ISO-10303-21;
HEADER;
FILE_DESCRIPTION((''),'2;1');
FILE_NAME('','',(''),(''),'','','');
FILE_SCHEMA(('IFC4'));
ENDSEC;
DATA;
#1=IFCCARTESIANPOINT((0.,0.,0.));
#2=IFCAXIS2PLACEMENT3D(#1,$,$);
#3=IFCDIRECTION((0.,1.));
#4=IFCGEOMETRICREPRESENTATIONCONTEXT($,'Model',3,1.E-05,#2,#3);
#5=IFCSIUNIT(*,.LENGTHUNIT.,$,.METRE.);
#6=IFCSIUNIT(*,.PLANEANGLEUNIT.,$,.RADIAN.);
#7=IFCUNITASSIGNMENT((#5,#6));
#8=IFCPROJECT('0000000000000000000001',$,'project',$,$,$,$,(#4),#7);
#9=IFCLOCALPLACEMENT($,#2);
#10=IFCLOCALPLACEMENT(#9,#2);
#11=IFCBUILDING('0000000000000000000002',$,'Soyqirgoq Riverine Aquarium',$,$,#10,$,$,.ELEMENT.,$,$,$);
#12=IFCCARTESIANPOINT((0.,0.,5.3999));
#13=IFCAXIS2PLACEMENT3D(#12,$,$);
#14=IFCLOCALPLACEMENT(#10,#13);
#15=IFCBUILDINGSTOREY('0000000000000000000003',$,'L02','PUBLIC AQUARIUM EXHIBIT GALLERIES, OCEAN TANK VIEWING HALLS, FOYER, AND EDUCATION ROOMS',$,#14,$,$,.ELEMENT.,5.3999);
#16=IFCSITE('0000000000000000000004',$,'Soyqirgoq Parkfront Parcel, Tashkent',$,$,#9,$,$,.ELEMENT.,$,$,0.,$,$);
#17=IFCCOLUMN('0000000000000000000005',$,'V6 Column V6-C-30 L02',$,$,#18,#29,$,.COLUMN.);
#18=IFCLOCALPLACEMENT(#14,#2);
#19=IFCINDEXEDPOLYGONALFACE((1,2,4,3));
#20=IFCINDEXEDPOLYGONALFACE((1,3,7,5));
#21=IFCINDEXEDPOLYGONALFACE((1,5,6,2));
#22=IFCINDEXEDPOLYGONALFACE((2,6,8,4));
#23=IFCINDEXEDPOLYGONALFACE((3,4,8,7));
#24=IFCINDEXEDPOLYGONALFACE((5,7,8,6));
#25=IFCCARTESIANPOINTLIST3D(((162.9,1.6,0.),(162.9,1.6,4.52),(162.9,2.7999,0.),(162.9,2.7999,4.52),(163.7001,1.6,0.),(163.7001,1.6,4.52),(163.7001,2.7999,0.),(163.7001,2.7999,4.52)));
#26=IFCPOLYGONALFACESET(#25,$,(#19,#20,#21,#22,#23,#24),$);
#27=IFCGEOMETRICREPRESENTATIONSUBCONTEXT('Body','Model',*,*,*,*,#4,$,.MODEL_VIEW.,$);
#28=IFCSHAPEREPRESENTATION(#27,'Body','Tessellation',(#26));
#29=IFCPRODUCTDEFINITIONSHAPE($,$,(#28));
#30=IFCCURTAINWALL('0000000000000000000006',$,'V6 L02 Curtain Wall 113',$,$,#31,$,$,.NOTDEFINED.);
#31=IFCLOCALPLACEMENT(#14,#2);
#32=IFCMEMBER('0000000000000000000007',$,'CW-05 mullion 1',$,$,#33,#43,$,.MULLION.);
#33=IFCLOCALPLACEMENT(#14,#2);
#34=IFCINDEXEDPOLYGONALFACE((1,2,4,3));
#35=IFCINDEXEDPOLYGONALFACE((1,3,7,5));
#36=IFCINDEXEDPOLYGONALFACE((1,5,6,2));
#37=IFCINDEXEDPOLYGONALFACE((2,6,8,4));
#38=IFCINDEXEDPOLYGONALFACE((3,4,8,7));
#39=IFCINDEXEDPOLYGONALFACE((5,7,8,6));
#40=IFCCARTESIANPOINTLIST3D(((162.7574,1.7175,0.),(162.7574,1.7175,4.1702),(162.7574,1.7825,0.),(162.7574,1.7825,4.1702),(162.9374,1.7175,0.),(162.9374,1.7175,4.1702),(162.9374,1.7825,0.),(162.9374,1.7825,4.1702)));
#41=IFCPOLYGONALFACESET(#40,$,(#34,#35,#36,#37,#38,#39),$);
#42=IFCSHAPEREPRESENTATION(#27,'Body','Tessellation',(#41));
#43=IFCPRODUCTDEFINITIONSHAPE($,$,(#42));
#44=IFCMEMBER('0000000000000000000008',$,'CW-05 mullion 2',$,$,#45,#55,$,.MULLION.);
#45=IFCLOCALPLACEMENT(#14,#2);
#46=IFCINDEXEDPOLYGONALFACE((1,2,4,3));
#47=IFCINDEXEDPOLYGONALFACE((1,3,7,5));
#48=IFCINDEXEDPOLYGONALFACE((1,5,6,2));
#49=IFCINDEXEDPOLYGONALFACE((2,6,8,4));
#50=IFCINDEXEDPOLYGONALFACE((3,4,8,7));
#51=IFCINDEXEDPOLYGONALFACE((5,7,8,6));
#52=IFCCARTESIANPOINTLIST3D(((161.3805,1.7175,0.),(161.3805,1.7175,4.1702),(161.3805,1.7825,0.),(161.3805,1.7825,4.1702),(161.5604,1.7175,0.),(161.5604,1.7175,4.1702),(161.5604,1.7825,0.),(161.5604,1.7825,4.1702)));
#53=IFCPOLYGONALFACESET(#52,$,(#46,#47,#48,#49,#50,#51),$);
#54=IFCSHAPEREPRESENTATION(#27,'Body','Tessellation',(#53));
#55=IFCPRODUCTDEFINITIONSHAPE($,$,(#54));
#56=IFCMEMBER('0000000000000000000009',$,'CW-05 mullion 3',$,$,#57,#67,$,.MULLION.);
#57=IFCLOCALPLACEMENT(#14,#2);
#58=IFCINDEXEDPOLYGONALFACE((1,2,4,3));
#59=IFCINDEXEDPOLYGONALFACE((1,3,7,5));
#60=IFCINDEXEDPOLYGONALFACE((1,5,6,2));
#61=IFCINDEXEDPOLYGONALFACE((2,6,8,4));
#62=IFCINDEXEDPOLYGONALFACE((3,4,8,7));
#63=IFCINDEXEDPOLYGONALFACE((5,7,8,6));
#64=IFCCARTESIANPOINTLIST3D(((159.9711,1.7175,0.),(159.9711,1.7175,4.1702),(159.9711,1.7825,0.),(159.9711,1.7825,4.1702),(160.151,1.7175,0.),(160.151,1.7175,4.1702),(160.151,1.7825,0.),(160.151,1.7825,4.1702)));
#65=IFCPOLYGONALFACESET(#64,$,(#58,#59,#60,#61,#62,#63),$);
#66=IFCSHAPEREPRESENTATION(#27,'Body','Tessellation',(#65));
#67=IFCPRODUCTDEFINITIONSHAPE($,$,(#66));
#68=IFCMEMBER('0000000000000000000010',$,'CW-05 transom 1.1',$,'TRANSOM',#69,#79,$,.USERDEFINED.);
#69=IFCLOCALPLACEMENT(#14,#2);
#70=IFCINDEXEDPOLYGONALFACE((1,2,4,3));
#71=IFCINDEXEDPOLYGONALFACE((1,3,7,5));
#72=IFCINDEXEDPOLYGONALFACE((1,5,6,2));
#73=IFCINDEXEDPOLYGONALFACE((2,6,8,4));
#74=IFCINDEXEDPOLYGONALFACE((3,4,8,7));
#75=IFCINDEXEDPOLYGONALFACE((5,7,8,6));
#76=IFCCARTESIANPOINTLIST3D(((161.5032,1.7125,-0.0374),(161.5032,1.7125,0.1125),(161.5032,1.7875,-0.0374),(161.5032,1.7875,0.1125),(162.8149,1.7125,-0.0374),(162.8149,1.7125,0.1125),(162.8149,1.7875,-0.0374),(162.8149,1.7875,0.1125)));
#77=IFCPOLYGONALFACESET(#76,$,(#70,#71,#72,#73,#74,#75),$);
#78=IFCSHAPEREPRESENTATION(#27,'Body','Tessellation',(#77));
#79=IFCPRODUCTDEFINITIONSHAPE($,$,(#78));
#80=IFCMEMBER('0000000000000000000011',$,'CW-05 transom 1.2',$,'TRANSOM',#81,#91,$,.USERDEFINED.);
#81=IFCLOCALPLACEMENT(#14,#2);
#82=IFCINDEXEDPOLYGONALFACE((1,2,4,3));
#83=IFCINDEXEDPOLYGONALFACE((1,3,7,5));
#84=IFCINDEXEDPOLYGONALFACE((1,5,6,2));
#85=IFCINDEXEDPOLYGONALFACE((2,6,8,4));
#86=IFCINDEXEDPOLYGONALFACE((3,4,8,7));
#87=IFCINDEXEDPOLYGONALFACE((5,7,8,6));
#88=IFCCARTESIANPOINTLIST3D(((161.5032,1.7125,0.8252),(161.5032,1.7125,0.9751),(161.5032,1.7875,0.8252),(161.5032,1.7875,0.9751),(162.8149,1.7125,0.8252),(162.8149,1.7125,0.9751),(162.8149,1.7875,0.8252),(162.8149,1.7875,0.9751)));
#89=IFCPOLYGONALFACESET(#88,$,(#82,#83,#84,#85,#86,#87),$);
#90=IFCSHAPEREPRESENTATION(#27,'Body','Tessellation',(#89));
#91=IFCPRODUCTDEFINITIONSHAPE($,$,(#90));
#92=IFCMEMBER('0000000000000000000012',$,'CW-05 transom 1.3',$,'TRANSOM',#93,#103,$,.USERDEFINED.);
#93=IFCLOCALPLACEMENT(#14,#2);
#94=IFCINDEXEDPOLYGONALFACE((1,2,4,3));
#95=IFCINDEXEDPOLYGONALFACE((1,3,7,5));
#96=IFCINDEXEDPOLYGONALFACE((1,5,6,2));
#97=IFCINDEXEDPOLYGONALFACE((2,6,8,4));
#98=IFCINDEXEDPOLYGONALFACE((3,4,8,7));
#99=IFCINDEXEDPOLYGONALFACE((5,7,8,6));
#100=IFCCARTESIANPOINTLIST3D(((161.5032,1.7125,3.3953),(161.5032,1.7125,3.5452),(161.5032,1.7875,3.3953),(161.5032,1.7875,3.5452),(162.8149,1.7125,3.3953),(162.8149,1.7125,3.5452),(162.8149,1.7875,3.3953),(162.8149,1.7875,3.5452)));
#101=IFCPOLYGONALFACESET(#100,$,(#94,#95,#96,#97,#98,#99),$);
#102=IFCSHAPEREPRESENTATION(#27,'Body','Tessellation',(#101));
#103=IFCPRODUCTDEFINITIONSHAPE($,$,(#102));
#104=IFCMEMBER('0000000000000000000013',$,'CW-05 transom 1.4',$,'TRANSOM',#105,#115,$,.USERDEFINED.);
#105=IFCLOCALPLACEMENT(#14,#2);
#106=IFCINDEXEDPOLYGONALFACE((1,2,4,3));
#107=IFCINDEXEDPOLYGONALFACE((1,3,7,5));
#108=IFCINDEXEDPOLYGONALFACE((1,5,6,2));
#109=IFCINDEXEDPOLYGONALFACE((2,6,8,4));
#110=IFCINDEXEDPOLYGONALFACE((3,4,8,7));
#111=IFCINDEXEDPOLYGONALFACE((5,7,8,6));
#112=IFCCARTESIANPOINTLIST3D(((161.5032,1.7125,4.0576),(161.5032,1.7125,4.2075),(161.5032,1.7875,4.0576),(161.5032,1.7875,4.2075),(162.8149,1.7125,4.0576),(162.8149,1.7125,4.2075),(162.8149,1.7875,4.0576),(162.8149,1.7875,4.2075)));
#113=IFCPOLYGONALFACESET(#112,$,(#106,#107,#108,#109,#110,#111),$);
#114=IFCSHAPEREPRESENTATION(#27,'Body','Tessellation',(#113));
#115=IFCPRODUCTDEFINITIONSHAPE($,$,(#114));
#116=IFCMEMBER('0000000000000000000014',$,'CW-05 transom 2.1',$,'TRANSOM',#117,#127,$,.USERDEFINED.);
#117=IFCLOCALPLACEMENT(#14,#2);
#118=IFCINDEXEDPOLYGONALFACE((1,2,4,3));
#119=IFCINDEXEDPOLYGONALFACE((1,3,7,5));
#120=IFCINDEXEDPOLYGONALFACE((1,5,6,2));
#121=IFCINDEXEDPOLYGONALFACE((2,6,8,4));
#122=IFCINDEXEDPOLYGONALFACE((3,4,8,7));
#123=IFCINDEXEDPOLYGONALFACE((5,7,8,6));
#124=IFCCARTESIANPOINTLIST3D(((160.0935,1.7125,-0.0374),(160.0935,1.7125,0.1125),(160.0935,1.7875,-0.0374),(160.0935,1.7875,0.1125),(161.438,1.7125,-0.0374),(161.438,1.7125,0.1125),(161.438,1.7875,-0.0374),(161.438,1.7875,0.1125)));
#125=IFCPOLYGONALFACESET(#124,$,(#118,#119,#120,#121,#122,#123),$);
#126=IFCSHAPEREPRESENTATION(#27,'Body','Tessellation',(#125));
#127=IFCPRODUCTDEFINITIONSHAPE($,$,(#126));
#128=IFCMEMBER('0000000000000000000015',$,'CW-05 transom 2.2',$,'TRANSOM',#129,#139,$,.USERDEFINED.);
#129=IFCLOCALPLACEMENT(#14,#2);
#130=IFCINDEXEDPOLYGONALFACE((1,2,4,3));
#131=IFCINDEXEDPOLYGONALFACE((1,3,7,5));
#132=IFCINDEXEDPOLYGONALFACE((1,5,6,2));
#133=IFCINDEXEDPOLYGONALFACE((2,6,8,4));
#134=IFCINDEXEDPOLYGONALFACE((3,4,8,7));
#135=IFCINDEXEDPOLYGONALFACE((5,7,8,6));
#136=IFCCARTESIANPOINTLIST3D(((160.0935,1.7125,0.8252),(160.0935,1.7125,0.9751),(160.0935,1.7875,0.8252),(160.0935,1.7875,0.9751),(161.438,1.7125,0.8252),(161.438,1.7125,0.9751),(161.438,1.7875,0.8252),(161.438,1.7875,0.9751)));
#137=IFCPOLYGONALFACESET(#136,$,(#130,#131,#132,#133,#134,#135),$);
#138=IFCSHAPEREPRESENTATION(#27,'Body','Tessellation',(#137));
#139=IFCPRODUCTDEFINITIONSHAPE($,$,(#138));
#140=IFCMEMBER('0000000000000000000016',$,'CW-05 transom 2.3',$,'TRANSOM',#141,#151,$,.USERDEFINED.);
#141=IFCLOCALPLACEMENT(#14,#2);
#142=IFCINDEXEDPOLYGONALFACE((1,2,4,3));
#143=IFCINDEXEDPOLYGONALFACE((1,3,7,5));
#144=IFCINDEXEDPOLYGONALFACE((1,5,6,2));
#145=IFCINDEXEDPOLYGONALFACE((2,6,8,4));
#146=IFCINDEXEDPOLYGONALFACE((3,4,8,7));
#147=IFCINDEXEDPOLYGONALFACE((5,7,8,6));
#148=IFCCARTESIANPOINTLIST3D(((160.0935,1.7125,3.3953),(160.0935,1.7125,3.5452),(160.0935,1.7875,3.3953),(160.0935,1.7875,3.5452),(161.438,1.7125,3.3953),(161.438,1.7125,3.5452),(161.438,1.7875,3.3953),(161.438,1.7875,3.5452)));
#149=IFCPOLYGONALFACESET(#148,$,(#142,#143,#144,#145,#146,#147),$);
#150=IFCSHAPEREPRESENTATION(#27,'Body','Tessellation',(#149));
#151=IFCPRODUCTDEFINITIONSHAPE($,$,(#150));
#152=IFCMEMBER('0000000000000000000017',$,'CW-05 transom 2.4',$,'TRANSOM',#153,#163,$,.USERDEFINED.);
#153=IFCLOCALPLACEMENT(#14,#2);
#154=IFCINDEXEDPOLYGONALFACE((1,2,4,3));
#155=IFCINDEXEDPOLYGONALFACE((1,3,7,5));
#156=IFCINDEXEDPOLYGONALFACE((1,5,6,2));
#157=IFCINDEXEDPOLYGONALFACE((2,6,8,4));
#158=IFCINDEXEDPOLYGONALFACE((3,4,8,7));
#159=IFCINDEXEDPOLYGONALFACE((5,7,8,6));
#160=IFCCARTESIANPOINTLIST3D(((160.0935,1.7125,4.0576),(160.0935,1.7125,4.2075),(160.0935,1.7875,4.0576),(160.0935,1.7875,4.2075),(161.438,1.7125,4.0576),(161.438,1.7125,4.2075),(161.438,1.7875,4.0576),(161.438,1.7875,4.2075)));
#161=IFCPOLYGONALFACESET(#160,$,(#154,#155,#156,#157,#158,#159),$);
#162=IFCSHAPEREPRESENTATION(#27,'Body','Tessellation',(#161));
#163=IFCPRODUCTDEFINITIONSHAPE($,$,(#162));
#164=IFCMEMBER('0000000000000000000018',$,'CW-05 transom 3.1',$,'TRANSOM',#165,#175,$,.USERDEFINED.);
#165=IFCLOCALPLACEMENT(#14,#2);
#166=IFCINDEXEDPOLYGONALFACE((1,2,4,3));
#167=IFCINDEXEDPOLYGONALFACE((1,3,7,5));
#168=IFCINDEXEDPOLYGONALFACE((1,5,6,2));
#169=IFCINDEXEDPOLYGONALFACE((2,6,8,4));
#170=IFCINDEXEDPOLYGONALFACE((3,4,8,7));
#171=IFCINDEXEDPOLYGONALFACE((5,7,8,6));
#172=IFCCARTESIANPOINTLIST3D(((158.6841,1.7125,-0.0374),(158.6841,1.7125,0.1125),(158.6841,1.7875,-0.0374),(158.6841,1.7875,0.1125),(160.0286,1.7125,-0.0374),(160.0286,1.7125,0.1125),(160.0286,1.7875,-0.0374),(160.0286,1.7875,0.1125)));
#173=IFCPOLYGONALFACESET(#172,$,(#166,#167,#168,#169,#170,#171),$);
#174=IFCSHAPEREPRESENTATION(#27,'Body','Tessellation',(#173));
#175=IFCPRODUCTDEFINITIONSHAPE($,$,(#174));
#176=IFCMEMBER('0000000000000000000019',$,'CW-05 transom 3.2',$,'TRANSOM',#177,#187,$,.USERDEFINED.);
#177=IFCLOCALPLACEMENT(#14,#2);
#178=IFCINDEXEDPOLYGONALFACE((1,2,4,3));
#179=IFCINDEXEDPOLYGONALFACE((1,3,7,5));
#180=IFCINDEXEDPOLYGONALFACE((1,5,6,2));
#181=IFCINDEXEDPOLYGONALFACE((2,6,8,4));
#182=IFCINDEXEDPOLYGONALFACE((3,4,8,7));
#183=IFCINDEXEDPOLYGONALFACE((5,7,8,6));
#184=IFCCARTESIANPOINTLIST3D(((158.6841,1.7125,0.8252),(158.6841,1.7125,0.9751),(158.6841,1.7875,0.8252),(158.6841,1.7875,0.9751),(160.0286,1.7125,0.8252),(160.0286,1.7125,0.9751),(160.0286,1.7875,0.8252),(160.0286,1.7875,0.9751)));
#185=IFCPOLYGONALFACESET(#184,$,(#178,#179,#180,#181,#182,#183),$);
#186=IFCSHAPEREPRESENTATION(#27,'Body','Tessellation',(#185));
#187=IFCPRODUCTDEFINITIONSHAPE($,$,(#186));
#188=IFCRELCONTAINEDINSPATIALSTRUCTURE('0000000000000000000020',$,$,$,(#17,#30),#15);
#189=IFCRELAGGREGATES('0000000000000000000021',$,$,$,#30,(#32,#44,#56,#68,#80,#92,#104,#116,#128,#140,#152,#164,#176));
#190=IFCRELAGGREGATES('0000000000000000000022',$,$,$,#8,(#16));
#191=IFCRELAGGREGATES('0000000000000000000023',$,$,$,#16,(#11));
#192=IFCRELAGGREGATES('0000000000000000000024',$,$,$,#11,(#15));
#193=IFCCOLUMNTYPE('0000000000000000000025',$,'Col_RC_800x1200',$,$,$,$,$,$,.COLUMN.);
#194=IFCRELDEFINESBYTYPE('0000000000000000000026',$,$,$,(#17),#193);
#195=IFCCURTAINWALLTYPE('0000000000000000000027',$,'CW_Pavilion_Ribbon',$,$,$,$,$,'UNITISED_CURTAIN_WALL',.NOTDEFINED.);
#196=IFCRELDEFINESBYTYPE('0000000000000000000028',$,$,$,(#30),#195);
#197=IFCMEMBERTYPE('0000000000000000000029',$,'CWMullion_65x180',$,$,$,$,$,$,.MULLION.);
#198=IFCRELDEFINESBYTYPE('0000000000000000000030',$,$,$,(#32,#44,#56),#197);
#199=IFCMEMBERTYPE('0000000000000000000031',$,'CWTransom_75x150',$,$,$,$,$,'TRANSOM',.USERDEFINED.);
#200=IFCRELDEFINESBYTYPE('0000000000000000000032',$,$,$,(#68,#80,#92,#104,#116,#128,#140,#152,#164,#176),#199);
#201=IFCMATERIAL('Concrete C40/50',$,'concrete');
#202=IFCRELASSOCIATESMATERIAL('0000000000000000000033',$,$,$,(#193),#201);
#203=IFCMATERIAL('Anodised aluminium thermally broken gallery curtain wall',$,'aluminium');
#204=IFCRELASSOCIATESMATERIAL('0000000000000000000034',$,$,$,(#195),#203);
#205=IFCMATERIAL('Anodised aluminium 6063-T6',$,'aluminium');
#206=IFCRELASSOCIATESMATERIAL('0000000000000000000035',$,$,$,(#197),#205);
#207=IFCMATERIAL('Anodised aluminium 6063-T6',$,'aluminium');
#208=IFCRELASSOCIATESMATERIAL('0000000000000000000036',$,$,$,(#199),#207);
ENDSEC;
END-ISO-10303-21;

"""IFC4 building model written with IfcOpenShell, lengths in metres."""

from ifc_helpers import new_model, si_unit, direction, frame, origin, origin_2d, place, context, subcontext, project, spatial, rectangle, extrude, material, material_profile, profile_set, type_object, element, aggregate, save


model = new_model("IFC4")

# Units and contexts
model_context = context("Model", 3, precision=1e-05, world=origin(), true_north=direction((0.0, 1.0)))
body_context = subcontext(model_context, "Body", "Model", "MODEL_VIEW")
ifc_project = project(units=[si_unit("LENGTHUNIT", "METRE"), si_unit("PLANEANGLEUNIT", "RADIAN")], contexts=[model_context])

# Site, building, storey
site_placement = place(None, origin())
site = spatial("IfcSite", under=ifc_project, at=site_placement, Name="Soyqirgoq Parkfront Parcel, Tashkent", CompositionType="ELEMENT", RefElevation=0.0)
building_placement = place(site_placement, origin())
building = spatial("IfcBuilding", under=site, at=building_placement, Name="Soyqirgoq Riverine Aquarium", CompositionType="ELEMENT")
storey_placement = place(building_placement, frame((0.0, 0.0, 5.3999)))
storey = spatial("IfcBuildingStorey", under=building, at=storey_placement, Name="L02", Description="PUBLIC AQUARIUM EXHIBIT GALLERIES, OCEAN TANK VIEWING HALLS, FOYER, AND EDUCATION ROOMS", CompositionType="ELEMENT", Elevation=5.3999)

# Column
ifc_material_1 = material(Name="Concrete C40/50", Category="concrete")
ifc_material_profile_1 = material_profile(ifc_material_1, rectangle(XDim=0.8, YDim=1.2, at=origin_2d()), Name="RC-COL 800x1200")
ifc_profile_set_1 = profile_set([ifc_material_profile_1], Name="Concrete C40/50")
column_type = type_object("IfcColumnType", Name="Col_RC_800x1200", PredefinedType="COLUMN", material=ifc_profile_set_1)
column_placement = place(storey_placement, frame((163.3, 2.2, 0.0), z_axis=(0.0, 0.0, 1.0), x_axis=(1.0, 0.0, 0.0)))
element("IfcColumn", 1, at=column_placement, inside=storey, type_object=column_type, Name="V6 Column V6-C-30 L02", PredefinedType="COLUMN", context=body_context, shape_type="SweptSolid", body=[
    extrude(rectangle(XDim=0.8, YDim=1.2, at=origin_2d()), origin(), (0.0, 0.0, 1.0), 4.52),
])

# Curtain wall, members
ifc_material_2 = material(Name="Anodised aluminium thermally broken gallery curtain wall", Category="aluminium")
curtain_wall_type = type_object("IfcCurtainWallType", Name="CW_Pavilion_Ribbon", ElementType="UNITISED_CURTAIN_WALL", PredefinedType="NOTDEFINED", material=ifc_material_2)
curtain_wall_placement = place(storey_placement, origin())
curtain_wall = element("IfcCurtainWall", 2, at=curtain_wall_placement, inside=storey, type_object=curtain_wall_type, Name="V6 L02 Curtain Wall 113", PredefinedType="NOTDEFINED")
ifc_material_3 = material(Name="Anodised aluminium 6063-T6", Category="aluminium")
ifc_material_profile_2 = material_profile(ifc_material_3, rectangle(XDim=0.0649, YDim=0.1799, at=origin_2d()), Name="ALU-M 65x180")
ifc_profile_set_2 = profile_set([ifc_material_profile_2], Name="Anodised aluminium 6063-T6")
member_type_1 = type_object("IfcMemberType", Name="CWMullion_65x180", PredefinedType="MULLION", material=ifc_profile_set_2)
member_1_placement = place(storey_placement, frame((162.8474, 1.75, 0.0), z_axis=(0.0, 0.0, 1.0), x_axis=(0.0, -1.0, 0.0)))
member_1 = element("IfcMember", 3, at=member_1_placement, type_object=member_type_1, Name="CW-05 mullion 1", PredefinedType="MULLION", context=body_context, shape_type="SweptSolid", body=[
    extrude(rectangle(XDim=0.0649, YDim=0.1799, at=origin_2d()), origin(), (0.0, 0.0, 1.0), 4.1702),
])
member_2_placement = place(storey_placement, frame((161.4705, 1.75, 0.0), z_axis=(0.0, 0.0, 1.0), x_axis=(0.0, -1.0, 0.0)))
member_2 = element("IfcMember", 4, at=member_2_placement, type_object=member_type_1, Name="CW-05 mullion 2", PredefinedType="MULLION", context=body_context, shape_type="SweptSolid", body=[
    extrude(rectangle(XDim=0.0649, YDim=0.1799, at=origin_2d()), origin(), (0.0, 0.0, 1.0), 4.1702),
])
member_3_placement = place(storey_placement, frame((160.061, 1.75, 0.0), z_axis=(0.0, 0.0, 1.0), x_axis=(0.0, -1.0, 0.0)))
member_3 = element("IfcMember", 5, at=member_3_placement, type_object=member_type_1, Name="CW-05 mullion 3", PredefinedType="MULLION", context=body_context, shape_type="SweptSolid", body=[
    extrude(rectangle(XDim=0.0649, YDim=0.1799, at=origin_2d()), origin(), (0.0, 0.0, 1.0), 4.1702),
])
ifc_material_4 = material(Name="Anodised aluminium 6063-T6", Category="aluminium")
ifc_material_profile_3 = material_profile(ifc_material_4, rectangle(XDim=0.075, YDim=0.1499, at=origin_2d()), Name="ALU-T 75x150")
ifc_profile_set_3 = profile_set([ifc_material_profile_3], Name="Anodised aluminium 6063-T6")
member_type_2 = type_object("IfcMemberType", Name="CWTransom_75x150", ElementType="TRANSOM", PredefinedType="USERDEFINED", material=ifc_profile_set_3)
member_4_placement = place(storey_placement, frame((162.8149, 1.75, 0.0376), z_axis=(-1.0, 0.0, 0.0), x_axis=(0.0, -1.0, 0.0)))
member_4 = element("IfcMember", 6, at=member_4_placement, type_object=member_type_2, Name="CW-05 transom 1.1", ObjectType="TRANSOM", PredefinedType="USERDEFINED", context=body_context, shape_type="SweptSolid", body=[
    extrude(rectangle(XDim=0.075, YDim=0.1499, at=origin_2d()), origin(), (0.0, 0.0, 1.0), 1.3118),
])
member_5_placement = place(storey_placement, frame((162.8149, 1.75, 0.9001), z_axis=(-1.0, 0.0, 0.0), x_axis=(0.0, -1.0, 0.0)))
member_5 = element("IfcMember", 7, at=member_5_placement, type_object=member_type_2, Name="CW-05 transom 1.2", ObjectType="TRANSOM", PredefinedType="USERDEFINED", context=body_context, shape_type="SweptSolid", body=[
    extrude(rectangle(XDim=0.075, YDim=0.1499, at=origin_2d()), origin(), (0.0, 0.0, 1.0), 1.3118),
])
member_6_placement = place(storey_placement, frame((162.8149, 1.75, 3.4702), z_axis=(-1.0, 0.0, 0.0), x_axis=(0.0, -1.0, 0.0)))
member_6 = element("IfcMember", 8, at=member_6_placement, type_object=member_type_2, Name="CW-05 transom 1.3", ObjectType="TRANSOM", PredefinedType="USERDEFINED", context=body_context, shape_type="SweptSolid", body=[
    extrude(rectangle(XDim=0.075, YDim=0.1499, at=origin_2d()), origin(), (0.0, 0.0, 1.0), 1.3118),
])
member_7_placement = place(storey_placement, frame((162.8149, 1.75, 4.1326), z_axis=(-1.0, 0.0, 0.0), x_axis=(0.0, -1.0, 0.0)))
member_7 = element("IfcMember", 9, at=member_7_placement, type_object=member_type_2, Name="CW-05 transom 1.4", ObjectType="TRANSOM", PredefinedType="USERDEFINED", context=body_context, shape_type="SweptSolid", body=[
    extrude(rectangle(XDim=0.075, YDim=0.1499, at=origin_2d()), origin(), (0.0, 0.0, 1.0), 1.3118),
])
member_8_placement = place(storey_placement, frame((161.438, 1.75, 0.0376), z_axis=(-1.0, 0.0, 0.0), x_axis=(0.0, -1.0, 0.0)))
member_8 = element("IfcMember", 10, at=member_8_placement, type_object=member_type_2, Name="CW-05 transom 2.1", ObjectType="TRANSOM", PredefinedType="USERDEFINED", context=body_context, shape_type="SweptSolid", body=[
    extrude(rectangle(XDim=0.075, YDim=0.1499, at=origin_2d()), origin(), (0.0, 0.0, 1.0), 1.3445),
])
member_9_placement = place(storey_placement, frame((161.438, 1.75, 0.9001), z_axis=(-1.0, 0.0, 0.0), x_axis=(0.0, -1.0, 0.0)))
member_9 = element("IfcMember", 11, at=member_9_placement, type_object=member_type_2, Name="CW-05 transom 2.2", ObjectType="TRANSOM", PredefinedType="USERDEFINED", context=body_context, shape_type="SweptSolid", body=[
    extrude(rectangle(XDim=0.075, YDim=0.1499, at=origin_2d()), origin(), (0.0, 0.0, 1.0), 1.3445),
])
member_10_placement = place(storey_placement, frame((161.438, 1.75, 3.4702), z_axis=(-1.0, 0.0, 0.0), x_axis=(0.0, -1.0, 0.0)))
member_10 = element("IfcMember", 12, at=member_10_placement, type_object=member_type_2, Name="CW-05 transom 2.3", ObjectType="TRANSOM", PredefinedType="USERDEFINED", context=body_context, shape_type="SweptSolid", body=[
    extrude(rectangle(XDim=0.075, YDim=0.1499, at=origin_2d()), origin(), (0.0, 0.0, 1.0), 1.3445),
])
member_11_placement = place(storey_placement, frame((161.438, 1.75, 4.1326), z_axis=(-1.0, 0.0, 0.0), x_axis=(0.0, -1.0, 0.0)))
member_11 = element("IfcMember", 13, at=member_11_placement, type_object=member_type_2, Name="CW-05 transom 2.4", ObjectType="TRANSOM", PredefinedType="USERDEFINED", context=body_context, shape_type="SweptSolid", body=[
    extrude(rectangle(XDim=0.075, YDim=0.1499, at=origin_2d()), origin(), (0.0, 0.0, 1.0), 1.3445),
])
member_12_placement = place(storey_placement, frame((160.0286, 1.75, 0.0376), z_axis=(-1.0, 0.0, 0.0), x_axis=(0.0, -1.0, 0.0)))
member_12 = element("IfcMember", 14, at=member_12_placement, type_object=member_type_2, Name="CW-05 transom 3.1", ObjectType="TRANSOM", PredefinedType="USERDEFINED", context=body_context, shape_type="SweptSolid", body=[
    extrude(rectangle(XDim=0.075, YDim=0.1499, at=origin_2d()), origin(), (0.0, 0.0, 1.0), 1.3445),
])
member_13_placement = place(storey_placement, frame((160.0286, 1.75, 0.9001), z_axis=(-1.0, 0.0, 0.0), x_axis=(0.0, -1.0, 0.0)))
member_13 = element("IfcMember", 15, at=member_13_placement, type_object=member_type_2, Name="CW-05 transom 3.2", ObjectType="TRANSOM", PredefinedType="USERDEFINED", context=body_context, shape_type="SweptSolid", body=[
    extrude(rectangle(XDim=0.075, YDim=0.1499, at=origin_2d()), origin(), (0.0, 0.0, 1.0), 1.3445),
])

aggregate(curtain_wall, [member_1, member_2, member_3, member_4, member_5, member_6, member_7, member_8, member_9, member_10, member_11, member_12, member_13])

save(model, "model.ifc")
